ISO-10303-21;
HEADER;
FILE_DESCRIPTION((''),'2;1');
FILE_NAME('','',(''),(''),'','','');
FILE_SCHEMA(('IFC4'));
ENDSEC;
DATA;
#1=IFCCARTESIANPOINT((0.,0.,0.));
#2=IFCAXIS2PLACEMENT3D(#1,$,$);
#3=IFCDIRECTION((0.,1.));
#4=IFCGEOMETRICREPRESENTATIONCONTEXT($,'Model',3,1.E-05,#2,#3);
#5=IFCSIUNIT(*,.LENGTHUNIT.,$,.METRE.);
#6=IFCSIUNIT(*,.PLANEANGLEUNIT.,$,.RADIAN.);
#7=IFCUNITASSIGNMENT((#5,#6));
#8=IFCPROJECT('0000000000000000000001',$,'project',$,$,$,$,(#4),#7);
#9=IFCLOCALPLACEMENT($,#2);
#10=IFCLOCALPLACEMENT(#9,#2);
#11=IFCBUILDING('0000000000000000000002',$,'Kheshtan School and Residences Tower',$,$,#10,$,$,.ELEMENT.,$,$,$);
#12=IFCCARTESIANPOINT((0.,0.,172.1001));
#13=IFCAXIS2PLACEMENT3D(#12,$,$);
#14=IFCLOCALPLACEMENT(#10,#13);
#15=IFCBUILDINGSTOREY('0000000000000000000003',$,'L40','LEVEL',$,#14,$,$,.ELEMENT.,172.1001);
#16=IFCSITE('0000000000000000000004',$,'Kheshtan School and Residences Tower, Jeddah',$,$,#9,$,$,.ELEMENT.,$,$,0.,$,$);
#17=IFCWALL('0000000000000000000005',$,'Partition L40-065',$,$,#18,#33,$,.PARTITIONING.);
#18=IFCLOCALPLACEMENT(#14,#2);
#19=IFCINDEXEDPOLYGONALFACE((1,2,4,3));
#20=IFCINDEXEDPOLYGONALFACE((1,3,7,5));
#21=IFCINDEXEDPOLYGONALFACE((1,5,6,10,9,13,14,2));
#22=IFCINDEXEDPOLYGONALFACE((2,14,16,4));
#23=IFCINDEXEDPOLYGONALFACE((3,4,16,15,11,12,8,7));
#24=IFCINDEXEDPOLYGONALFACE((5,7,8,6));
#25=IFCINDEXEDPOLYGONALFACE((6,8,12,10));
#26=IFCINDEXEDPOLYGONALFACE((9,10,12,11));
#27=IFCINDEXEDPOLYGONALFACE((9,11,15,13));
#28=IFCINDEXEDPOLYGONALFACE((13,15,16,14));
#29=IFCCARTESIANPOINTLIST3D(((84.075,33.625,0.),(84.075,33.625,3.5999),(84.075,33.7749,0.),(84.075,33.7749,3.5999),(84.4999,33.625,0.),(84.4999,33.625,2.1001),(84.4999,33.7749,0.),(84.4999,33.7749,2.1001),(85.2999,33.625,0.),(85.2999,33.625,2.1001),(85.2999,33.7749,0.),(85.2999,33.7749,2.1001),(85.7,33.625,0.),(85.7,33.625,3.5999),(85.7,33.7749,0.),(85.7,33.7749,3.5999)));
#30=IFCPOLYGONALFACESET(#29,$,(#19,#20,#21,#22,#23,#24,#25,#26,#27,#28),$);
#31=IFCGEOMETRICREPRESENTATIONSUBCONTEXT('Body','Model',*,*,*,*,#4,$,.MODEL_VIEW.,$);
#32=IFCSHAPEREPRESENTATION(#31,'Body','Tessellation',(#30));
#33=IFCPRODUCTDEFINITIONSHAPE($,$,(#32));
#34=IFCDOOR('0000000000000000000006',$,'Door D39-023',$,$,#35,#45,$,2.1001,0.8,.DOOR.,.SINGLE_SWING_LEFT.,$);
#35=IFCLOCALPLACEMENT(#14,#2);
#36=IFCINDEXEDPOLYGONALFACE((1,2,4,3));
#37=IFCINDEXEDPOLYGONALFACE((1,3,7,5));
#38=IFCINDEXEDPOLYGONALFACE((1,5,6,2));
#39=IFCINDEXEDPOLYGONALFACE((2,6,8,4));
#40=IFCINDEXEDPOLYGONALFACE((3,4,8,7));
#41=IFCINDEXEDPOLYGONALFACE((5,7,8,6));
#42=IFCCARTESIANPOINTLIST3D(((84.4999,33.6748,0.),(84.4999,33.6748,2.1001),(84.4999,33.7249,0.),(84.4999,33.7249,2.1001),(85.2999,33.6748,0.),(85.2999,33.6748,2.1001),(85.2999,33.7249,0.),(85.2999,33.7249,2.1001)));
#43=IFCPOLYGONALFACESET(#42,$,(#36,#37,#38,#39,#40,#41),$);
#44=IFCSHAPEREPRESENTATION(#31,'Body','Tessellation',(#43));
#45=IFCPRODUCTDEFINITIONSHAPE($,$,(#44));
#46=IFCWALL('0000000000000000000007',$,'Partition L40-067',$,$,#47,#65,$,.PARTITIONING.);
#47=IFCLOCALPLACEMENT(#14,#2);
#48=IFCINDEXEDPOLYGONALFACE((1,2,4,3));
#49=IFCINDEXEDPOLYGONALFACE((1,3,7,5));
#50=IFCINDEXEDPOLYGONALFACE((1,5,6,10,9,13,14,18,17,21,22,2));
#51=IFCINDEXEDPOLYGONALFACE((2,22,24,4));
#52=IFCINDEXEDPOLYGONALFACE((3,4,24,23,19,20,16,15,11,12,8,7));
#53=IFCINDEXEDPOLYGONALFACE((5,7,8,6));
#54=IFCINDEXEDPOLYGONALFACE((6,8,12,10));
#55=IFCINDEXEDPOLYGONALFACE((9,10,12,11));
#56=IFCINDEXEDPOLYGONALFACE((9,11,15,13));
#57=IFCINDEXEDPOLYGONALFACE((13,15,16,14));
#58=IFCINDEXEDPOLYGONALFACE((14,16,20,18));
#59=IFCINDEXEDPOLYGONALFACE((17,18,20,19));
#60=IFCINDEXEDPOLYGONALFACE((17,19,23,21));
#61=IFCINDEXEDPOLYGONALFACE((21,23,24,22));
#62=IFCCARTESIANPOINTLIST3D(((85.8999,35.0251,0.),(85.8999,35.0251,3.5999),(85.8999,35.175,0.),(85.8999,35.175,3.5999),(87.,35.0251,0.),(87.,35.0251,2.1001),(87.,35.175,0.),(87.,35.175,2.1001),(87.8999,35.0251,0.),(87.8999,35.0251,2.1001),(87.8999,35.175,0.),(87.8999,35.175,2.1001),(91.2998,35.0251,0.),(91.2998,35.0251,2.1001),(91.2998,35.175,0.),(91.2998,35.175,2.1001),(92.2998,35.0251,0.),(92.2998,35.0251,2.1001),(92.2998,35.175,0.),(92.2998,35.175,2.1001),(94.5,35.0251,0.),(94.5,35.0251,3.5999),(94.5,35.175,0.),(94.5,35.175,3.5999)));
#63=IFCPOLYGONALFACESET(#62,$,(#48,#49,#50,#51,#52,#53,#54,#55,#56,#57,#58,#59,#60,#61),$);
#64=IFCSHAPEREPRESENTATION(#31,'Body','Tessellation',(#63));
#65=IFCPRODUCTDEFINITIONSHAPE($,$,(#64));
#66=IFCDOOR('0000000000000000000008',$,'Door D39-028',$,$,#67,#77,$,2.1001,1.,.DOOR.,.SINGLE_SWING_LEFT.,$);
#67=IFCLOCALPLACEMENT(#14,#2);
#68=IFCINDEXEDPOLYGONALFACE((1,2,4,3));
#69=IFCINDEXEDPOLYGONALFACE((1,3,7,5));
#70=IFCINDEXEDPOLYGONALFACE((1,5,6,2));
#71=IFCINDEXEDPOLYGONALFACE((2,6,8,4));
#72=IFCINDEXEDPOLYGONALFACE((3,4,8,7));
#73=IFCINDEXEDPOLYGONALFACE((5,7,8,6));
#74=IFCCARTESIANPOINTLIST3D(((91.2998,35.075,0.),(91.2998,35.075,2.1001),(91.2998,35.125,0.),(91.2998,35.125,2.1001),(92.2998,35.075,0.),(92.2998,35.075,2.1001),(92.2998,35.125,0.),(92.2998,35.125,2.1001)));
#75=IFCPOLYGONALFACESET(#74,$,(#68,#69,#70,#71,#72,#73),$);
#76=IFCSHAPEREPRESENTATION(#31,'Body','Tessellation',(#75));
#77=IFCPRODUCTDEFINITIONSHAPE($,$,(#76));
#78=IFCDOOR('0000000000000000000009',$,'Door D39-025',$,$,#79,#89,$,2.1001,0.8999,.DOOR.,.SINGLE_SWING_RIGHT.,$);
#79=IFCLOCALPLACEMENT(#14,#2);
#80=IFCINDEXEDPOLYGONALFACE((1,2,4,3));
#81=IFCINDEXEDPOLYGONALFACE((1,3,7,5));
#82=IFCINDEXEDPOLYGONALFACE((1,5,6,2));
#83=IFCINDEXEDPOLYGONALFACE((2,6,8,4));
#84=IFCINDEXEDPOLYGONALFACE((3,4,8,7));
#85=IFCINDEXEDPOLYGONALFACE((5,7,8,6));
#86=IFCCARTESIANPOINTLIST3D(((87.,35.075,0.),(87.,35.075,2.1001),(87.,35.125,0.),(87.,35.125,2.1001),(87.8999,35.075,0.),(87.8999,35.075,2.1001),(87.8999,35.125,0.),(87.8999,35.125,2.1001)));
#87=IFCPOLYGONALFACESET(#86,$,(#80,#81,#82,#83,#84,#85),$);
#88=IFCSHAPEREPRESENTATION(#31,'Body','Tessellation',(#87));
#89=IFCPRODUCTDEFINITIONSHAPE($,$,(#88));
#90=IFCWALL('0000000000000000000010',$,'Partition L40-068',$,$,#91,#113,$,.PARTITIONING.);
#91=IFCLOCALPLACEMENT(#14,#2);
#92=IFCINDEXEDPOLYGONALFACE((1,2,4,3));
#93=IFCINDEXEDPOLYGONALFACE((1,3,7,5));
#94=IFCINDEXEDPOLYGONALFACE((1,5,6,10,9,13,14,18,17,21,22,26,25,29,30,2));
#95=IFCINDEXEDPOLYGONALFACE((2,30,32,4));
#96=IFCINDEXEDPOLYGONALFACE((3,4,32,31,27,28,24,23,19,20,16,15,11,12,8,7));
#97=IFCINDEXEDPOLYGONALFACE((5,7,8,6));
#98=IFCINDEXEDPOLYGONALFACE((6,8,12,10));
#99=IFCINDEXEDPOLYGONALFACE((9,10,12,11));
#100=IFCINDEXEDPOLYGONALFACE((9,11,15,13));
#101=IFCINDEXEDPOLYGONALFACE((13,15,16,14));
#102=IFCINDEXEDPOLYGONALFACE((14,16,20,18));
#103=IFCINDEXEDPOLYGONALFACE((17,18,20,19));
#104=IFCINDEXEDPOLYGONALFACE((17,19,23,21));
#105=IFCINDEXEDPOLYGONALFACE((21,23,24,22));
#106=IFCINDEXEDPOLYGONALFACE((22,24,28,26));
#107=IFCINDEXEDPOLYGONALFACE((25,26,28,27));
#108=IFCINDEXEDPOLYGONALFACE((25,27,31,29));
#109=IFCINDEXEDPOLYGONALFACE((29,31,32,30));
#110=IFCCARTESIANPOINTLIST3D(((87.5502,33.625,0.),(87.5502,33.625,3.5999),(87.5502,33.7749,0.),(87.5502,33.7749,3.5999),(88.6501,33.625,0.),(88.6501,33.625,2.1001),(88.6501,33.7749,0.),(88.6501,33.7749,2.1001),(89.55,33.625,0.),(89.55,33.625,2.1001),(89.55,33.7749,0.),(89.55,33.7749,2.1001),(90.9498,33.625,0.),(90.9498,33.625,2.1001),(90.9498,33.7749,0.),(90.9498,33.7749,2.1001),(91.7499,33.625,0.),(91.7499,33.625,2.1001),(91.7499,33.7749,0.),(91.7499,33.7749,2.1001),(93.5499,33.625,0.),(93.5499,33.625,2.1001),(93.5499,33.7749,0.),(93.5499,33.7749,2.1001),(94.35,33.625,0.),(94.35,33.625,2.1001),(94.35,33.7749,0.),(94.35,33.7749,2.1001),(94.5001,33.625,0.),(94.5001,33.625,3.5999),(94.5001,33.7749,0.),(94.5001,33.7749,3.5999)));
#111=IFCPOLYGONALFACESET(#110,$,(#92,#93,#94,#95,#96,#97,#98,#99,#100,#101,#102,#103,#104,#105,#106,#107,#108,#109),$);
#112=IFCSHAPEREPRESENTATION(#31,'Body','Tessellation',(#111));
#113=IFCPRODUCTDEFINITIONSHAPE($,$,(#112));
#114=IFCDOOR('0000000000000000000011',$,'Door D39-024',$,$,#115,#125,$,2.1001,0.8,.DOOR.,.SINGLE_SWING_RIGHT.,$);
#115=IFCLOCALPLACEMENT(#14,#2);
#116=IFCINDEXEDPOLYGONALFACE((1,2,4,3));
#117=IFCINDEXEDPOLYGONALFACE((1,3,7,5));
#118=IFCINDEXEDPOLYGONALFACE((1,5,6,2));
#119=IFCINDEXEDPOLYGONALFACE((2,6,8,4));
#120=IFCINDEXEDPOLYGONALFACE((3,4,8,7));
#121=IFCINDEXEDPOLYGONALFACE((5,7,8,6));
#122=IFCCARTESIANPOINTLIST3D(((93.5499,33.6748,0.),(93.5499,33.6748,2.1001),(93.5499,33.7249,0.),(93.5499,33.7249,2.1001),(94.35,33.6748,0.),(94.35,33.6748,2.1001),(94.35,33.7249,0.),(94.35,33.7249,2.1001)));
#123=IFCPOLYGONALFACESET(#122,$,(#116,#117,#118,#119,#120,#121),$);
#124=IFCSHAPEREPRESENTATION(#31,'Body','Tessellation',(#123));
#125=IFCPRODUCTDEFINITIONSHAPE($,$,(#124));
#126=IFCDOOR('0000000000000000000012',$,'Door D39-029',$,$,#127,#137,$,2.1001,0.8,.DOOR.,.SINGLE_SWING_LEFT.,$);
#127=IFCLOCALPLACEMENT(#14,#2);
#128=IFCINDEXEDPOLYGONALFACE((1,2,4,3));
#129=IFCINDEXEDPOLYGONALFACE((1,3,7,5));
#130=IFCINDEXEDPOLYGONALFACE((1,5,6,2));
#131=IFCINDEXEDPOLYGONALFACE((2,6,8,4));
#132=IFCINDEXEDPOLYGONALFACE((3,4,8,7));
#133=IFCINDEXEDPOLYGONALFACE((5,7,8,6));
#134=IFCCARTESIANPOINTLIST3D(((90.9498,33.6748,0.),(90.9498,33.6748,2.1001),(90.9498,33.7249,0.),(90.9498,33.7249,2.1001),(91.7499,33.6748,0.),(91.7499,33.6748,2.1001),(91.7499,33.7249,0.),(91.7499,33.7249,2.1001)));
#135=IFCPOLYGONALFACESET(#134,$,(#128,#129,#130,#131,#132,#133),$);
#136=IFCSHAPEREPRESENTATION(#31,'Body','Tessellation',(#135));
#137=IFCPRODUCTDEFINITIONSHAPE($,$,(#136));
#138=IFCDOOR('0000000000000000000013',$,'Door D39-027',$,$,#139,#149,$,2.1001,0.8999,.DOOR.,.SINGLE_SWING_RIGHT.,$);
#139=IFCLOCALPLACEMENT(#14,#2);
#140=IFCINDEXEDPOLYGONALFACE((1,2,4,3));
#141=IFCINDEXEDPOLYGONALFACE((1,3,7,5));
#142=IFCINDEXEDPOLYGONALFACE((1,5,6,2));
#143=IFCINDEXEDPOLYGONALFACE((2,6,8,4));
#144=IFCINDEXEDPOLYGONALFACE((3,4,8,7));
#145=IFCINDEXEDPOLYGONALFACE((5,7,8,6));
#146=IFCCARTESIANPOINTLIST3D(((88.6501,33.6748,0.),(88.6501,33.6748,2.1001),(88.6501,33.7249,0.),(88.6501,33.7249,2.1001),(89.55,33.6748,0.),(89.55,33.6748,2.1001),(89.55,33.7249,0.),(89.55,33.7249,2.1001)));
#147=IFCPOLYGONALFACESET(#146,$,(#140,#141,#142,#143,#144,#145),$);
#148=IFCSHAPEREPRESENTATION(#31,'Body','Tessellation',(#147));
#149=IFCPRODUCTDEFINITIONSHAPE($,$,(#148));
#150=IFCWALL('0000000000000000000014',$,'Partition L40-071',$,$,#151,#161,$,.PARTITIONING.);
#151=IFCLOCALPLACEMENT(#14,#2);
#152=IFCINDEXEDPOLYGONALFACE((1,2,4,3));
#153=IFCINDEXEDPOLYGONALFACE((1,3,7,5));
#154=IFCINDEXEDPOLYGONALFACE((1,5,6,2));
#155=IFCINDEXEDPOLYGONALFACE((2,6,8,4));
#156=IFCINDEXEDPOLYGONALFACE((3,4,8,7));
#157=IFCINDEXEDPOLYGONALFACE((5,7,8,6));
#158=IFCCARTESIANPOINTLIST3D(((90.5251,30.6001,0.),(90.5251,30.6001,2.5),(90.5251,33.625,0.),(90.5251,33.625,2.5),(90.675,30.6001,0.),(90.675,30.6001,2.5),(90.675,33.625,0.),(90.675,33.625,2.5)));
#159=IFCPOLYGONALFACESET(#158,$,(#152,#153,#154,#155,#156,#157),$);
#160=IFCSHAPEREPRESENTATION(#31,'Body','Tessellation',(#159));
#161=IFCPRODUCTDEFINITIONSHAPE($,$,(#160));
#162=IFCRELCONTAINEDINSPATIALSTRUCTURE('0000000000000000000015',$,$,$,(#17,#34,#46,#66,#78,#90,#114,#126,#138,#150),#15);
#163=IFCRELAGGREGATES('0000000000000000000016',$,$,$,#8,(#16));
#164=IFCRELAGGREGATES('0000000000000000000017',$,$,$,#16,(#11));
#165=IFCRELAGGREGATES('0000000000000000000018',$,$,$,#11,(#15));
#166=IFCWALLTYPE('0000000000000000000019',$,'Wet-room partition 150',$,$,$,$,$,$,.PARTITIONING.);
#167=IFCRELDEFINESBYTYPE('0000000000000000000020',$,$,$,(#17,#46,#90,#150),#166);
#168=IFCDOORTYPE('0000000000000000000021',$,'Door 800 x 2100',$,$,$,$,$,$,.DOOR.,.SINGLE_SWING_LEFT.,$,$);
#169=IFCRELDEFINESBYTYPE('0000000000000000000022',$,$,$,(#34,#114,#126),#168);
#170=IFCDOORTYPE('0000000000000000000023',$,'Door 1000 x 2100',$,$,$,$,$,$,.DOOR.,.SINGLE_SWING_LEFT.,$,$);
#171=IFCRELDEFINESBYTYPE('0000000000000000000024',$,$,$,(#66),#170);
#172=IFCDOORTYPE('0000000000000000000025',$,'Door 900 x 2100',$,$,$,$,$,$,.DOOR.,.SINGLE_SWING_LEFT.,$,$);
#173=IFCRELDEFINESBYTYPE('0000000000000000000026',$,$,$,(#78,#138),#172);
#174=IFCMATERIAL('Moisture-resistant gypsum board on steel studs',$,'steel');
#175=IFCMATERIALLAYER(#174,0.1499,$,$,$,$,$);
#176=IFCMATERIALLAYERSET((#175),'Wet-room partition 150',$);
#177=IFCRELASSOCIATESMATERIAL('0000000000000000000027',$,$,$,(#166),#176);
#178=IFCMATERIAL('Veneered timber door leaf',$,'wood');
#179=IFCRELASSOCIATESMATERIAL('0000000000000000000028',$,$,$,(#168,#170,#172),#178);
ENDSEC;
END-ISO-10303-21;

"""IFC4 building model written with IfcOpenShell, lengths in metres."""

from ifc_helpers import new_model, si_unit, direction, frame, frame_2d, origin, place, context, subcontext, project, spatial, rectangle, extrude, source, transform, mapped, material, layer, layer_set, type_object, element, fill, save


model = new_model("IFC4")

# Units and contexts
model_context = context("Model", 3, precision=1e-05, world=origin(), true_north=direction((0.0, 1.0)))
body_context = subcontext(model_context, "Body", "Model", "MODEL_VIEW")
ifc_project = project(units=[si_unit("LENGTHUNIT", "METRE"), si_unit("PLANEANGLEUNIT", "RADIAN")], contexts=[model_context])

# Site, building, storey
site_placement = place(None, origin())
site = spatial("IfcSite", under=ifc_project, at=site_placement, Name="Kheshtan School and Residences Tower, Jeddah", CompositionType="ELEMENT", RefElevation=0.0)
building_placement = place(site_placement, origin())
building = spatial("IfcBuilding", under=site, at=building_placement, Name="Kheshtan School and Residences Tower", CompositionType="ELEMENT")
storey_placement = place(building_placement, frame((0.0, 0.0, 172.1001)))
storey = spatial("IfcBuildingStorey", under=building, at=storey_placement, Name="L40", Description="LEVEL", CompositionType="ELEMENT", Elevation=172.1001)

# Wall, opening, door
ifc_material_1 = material(Name="Moisture-resistant gypsum board on steel studs", Category="steel")
ifc_layer_1 = layer(ifc_material_1, 0.1499)
ifc_layer_set_1 = layer_set([ifc_layer_1], Name="Wet-room partition 150")
wall_type_1 = type_object("IfcWallType", Name="Wet-room partition 150", PredefinedType="PARTITIONING", material=ifc_layer_set_1)
wall_1_placement = place(storey_placement, frame((84.075, 33.7, 0.0), z_axis=(0.0, 0.0, 1.0), x_axis=(1.0, 0.0, 0.0)))
wall_1 = element("IfcWall", 1, at=wall_1_placement, inside=storey, type_object=wall_type_1, Name="Partition L40-065", PredefinedType="PARTITIONING", context=body_context, shape_type="SweptSolid", body=[
    extrude(rectangle(XDim=1.625, YDim=0.1499, at=frame_2d((0.8125, 0.0))), origin(), (0.0, 0.0, 1.0), 3.5999),
])
opening_1_placement = place(wall_1_placement, frame((0.425, 0.0, 0.0)))
opening_1 = element("IfcOpeningElement", 2, at=opening_1_placement, cuts=wall_1, PredefinedType="OPENING", context=body_context, shape_type="SweptSolid", body=[
    extrude(rectangle(XDim=0.8, YDim=2.1001, at=frame_2d((0.3999, 1.05))), frame((0.0, 0.085, 0.0), z_axis=(0.0, -1.0, 0.0), x_axis=(1.0, 0.0, 0.0)), (0.0, 0.0, 1.0), 0.1699),
])
ifc_material_2 = material(Name="Veneered timber door leaf", Category="wood")
door_type_1 = type_object("IfcDoorType", Name="Door 800 x 2100", OperationType="SINGLE_SWING_LEFT", PredefinedType="DOOR", material=ifc_material_2)
shared_shape_1 = source(origin(), body_context, "Body", "SweptSolid", [
    extrude(rectangle(XDim=0.8, YDim=2.1001, at=frame_2d((0.3999, 1.05))), frame((0.0, 0.0249, 0.0), z_axis=(0.0, -1.0, 0.0), x_axis=(1.0, 0.0, 0.0)), (0.0, 0.0, 1.0), 0.05),
])
door_1_placement = place(opening_1_placement, origin())
door_1 = element("IfcDoor", 3, at=door_1_placement, inside=storey, type_object=door_type_1, Name="Door D39-023", OperationType="SINGLE_SWING_LEFT", OverallHeight=2.1001, OverallWidth=0.8, PredefinedType="DOOR", context=body_context, shape_type="MappedRepresentation", body=[
    mapped(shared_shape_1, transform((0.0, 0.0, 0.0), x_axis=(1.0, 0.0, 0.0), y_axis=(0.0, 1.0, 0.0), z_axis=(0.0, 0.0, 1.0), scale=1.0)),
])
fill(opening_1, door_1)

# Walls, openings, doors
wall_2_placement = place(storey_placement, frame((85.8999, 35.1001, 0.0), z_axis=(0.0, 0.0, 1.0), x_axis=(1.0, 0.0, 0.0)))
wall_2 = element("IfcWall", 4, at=wall_2_placement, inside=storey, type_object=wall_type_1, Name="Partition L40-067", PredefinedType="PARTITIONING", context=body_context, shape_type="SweptSolid", body=[
    extrude(rectangle(XDim=8.6001, YDim=0.1499, at=frame_2d((4.3, 0.0))), origin(), (0.0, 0.0, 1.0), 3.5999),
])
opening_2_placement = place(wall_2_placement, frame((1.1001, 0.0, 0.0)))
opening_2 = element("IfcOpeningElement", 5, at=opening_2_placement, cuts=wall_2, PredefinedType="OPENING", context=body_context, shape_type="SweptSolid", body=[
    extrude(rectangle(XDim=0.8999, YDim=2.1001, at=frame_2d((0.45, 1.05))), frame((0.0, 0.085, 0.0), z_axis=(0.0, -1.0, 0.0), x_axis=(1.0, 0.0, 0.0)), (0.0, 0.0, 1.0), 0.1699),
])
opening_3_placement = place(wall_2_placement, frame((5.3999, 0.0, 0.0)))
opening_3 = element("IfcOpeningElement", 6, at=opening_3_placement, cuts=wall_2, PredefinedType="OPENING", context=body_context, shape_type="SweptSolid", body=[
    extrude(rectangle(XDim=1.0, YDim=2.1001, at=frame_2d((0.5, 1.05))), frame((0.0, 0.085, 0.0), z_axis=(0.0, -1.0, 0.0), x_axis=(1.0, 0.0, 0.0)), (0.0, 0.0, 1.0), 0.1699),
])
door_type_2 = type_object("IfcDoorType", Name="Door 1000 x 2100", OperationType="SINGLE_SWING_LEFT", PredefinedType="DOOR", material=ifc_material_2)
shared_shape_2 = source(origin(), body_context, "Body", "SweptSolid", [
    extrude(rectangle(XDim=1.0, YDim=2.1001, at=frame_2d((0.5, 1.05))), frame((0.0, 0.0249, 0.0), z_axis=(0.0, -1.0, 0.0), x_axis=(1.0, 0.0, 0.0)), (0.0, 0.0, 1.0), 0.05),
])
door_2_placement = place(opening_3_placement, origin())
door_2 = element("IfcDoor", 7, at=door_2_placement, inside=storey, type_object=door_type_2, Name="Door D39-028", OperationType="SINGLE_SWING_LEFT", OverallHeight=2.1001, OverallWidth=1.0, PredefinedType="DOOR", context=body_context, shape_type="MappedRepresentation", body=[
    mapped(shared_shape_2, transform((0.0, 0.0, 0.0), x_axis=(1.0, 0.0, 0.0), y_axis=(0.0, 1.0, 0.0), z_axis=(0.0, 0.0, 1.0), scale=1.0)),
])
fill(opening_3, door_2)
door_type_3 = type_object("IfcDoorType", Name="Door 900 x 2100", OperationType="SINGLE_SWING_LEFT", PredefinedType="DOOR", material=ifc_material_2)
shared_shape_3 = source(origin(), body_context, "Body", "SweptSolid", [
    extrude(rectangle(XDim=0.8999, YDim=2.1001, at=frame_2d((0.45, 1.05))), frame((0.0, 0.0249, 0.0), z_axis=(0.0, -1.0, 0.0), x_axis=(1.0, 0.0, 0.0)), (0.0, 0.0, 1.0), 0.05),
])
door_3_placement = place(opening_2_placement, origin())
door_3 = element("IfcDoor", 8, at=door_3_placement, inside=storey, type_object=door_type_3, Name="Door D39-025", OperationType="SINGLE_SWING_RIGHT", OverallHeight=2.1001, OverallWidth=0.8999, PredefinedType="DOOR", context=body_context, shape_type="MappedRepresentation", body=[
    mapped(shared_shape_3, transform((0.0, 0.0, 0.0), x_axis=(1.0, 0.0, 0.0), y_axis=(0.0, 1.0, 0.0), z_axis=(0.0, 0.0, 1.0), scale=1.0)),
])
fill(opening_2, door_3)
wall_3_placement = place(storey_placement, frame((87.55, 33.7, 0.0), z_axis=(0.0, 0.0, 1.0), x_axis=(1.0, 0.0, 0.0)))
wall_3 = element("IfcWall", 9, at=wall_3_placement, inside=storey, type_object=wall_type_1, Name="Partition L40-068", PredefinedType="PARTITIONING", context=body_context, shape_type="SweptSolid", body=[
    extrude(rectangle(XDim=6.95, YDim=0.1499, at=frame_2d((3.4751, 0.0))), origin(), (0.0, 0.0, 1.0), 3.5999),
])
opening_4_placement = place(wall_3_placement, frame((6.0, 0.0, 0.0)))
opening_4 = element("IfcOpeningElement", 10, at=opening_4_placement, cuts=wall_3, PredefinedType="OPENING", context=body_context, shape_type="SweptSolid", body=[
    extrude(rectangle(XDim=0.8, YDim=2.1001, at=frame_2d((0.3999, 1.05))), frame((0.0, 0.085, 0.0), z_axis=(0.0, -1.0, 0.0), x_axis=(1.0, 0.0, 0.0)), (0.0, 0.0, 1.0), 0.1699),
])
opening_5_placement = place(wall_3_placement, frame((1.1001, 0.0, 0.0)))
opening_5 = element("IfcOpeningElement", 11, at=opening_5_placement, cuts=wall_3, PredefinedType="OPENING", context=body_context, shape_type="SweptSolid", body=[
    extrude(rectangle(XDim=0.8999, YDim=2.1001, at=frame_2d((0.45, 1.05))), frame((0.0, 0.085, 0.0), z_axis=(0.0, -1.0, 0.0), x_axis=(1.0, 0.0, 0.0)), (0.0, 0.0, 1.0), 0.1699),
])
opening_6_placement = place(wall_3_placement, frame((3.3999, 0.0, 0.0)))
opening_6 = element("IfcOpeningElement", 12, at=opening_6_placement, cuts=wall_3, PredefinedType="OPENING", context=body_context, shape_type="SweptSolid", body=[
    extrude(rectangle(XDim=0.8, YDim=2.1001, at=frame_2d((0.3999, 1.05))), frame((0.0, 0.085, 0.0), z_axis=(0.0, -1.0, 0.0), x_axis=(1.0, 0.0, 0.0)), (0.0, 0.0, 1.0), 0.1699),
])
door_4_placement = place(opening_4_placement, origin())
door_4 = element("IfcDoor", 13, at=door_4_placement, inside=storey, type_object=door_type_1, Name="Door D39-024", OperationType="SINGLE_SWING_RIGHT", OverallHeight=2.1001, OverallWidth=0.8, PredefinedType="DOOR", context=body_context, shape_type="MappedRepresentation", body=[
    mapped(shared_shape_1, transform((0.0, 0.0, 0.0), x_axis=(1.0, 0.0, 0.0), y_axis=(0.0, 1.0, 0.0), z_axis=(0.0, 0.0, 1.0), scale=1.0)),
])
fill(opening_4, door_4)
door_5_placement = place(opening_6_placement, origin())
door_5 = element("IfcDoor", 14, at=door_5_placement, inside=storey, type_object=door_type_1, Name="Door D39-029", OperationType="SINGLE_SWING_LEFT", OverallHeight=2.1001, OverallWidth=0.8, PredefinedType="DOOR", context=body_context, shape_type="MappedRepresentation", body=[
    mapped(shared_shape_1, transform((0.0, 0.0, 0.0), x_axis=(1.0, 0.0, 0.0), y_axis=(0.0, 1.0, 0.0), z_axis=(0.0, 0.0, 1.0), scale=1.0)),
])
fill(opening_6, door_5)
door_6_placement = place(opening_5_placement, origin())
door_6 = element("IfcDoor", 15, at=door_6_placement, inside=storey, type_object=door_type_3, Name="Door D39-027", OperationType="SINGLE_SWING_RIGHT", OverallHeight=2.1001, OverallWidth=0.8999, PredefinedType="DOOR", context=body_context, shape_type="MappedRepresentation", body=[
    mapped(shared_shape_3, transform((0.0, 0.0, 0.0), x_axis=(1.0, 0.0, 0.0), y_axis=(0.0, 1.0, 0.0), z_axis=(0.0, 0.0, 1.0), scale=1.0)),
])
fill(opening_5, door_6)

# Wall
wall_4_placement = place(storey_placement, frame((90.6001, 30.6001, 0.0), z_axis=(0.0, 0.0, 1.0), x_axis=(0.0, 1.0, 0.0)))
element("IfcWall", 16, at=wall_4_placement, inside=storey, type_object=wall_type_1, Name="Partition L40-071", PredefinedType="PARTITIONING", context=body_context, shape_type="SweptSolid", body=[
    extrude(rectangle(XDim=3.0249, YDim=0.1499, at=frame_2d((1.5125, 0.0))), origin(), (0.0, 0.0, 1.0), 2.5),
])

save(model, "model.ifc")
